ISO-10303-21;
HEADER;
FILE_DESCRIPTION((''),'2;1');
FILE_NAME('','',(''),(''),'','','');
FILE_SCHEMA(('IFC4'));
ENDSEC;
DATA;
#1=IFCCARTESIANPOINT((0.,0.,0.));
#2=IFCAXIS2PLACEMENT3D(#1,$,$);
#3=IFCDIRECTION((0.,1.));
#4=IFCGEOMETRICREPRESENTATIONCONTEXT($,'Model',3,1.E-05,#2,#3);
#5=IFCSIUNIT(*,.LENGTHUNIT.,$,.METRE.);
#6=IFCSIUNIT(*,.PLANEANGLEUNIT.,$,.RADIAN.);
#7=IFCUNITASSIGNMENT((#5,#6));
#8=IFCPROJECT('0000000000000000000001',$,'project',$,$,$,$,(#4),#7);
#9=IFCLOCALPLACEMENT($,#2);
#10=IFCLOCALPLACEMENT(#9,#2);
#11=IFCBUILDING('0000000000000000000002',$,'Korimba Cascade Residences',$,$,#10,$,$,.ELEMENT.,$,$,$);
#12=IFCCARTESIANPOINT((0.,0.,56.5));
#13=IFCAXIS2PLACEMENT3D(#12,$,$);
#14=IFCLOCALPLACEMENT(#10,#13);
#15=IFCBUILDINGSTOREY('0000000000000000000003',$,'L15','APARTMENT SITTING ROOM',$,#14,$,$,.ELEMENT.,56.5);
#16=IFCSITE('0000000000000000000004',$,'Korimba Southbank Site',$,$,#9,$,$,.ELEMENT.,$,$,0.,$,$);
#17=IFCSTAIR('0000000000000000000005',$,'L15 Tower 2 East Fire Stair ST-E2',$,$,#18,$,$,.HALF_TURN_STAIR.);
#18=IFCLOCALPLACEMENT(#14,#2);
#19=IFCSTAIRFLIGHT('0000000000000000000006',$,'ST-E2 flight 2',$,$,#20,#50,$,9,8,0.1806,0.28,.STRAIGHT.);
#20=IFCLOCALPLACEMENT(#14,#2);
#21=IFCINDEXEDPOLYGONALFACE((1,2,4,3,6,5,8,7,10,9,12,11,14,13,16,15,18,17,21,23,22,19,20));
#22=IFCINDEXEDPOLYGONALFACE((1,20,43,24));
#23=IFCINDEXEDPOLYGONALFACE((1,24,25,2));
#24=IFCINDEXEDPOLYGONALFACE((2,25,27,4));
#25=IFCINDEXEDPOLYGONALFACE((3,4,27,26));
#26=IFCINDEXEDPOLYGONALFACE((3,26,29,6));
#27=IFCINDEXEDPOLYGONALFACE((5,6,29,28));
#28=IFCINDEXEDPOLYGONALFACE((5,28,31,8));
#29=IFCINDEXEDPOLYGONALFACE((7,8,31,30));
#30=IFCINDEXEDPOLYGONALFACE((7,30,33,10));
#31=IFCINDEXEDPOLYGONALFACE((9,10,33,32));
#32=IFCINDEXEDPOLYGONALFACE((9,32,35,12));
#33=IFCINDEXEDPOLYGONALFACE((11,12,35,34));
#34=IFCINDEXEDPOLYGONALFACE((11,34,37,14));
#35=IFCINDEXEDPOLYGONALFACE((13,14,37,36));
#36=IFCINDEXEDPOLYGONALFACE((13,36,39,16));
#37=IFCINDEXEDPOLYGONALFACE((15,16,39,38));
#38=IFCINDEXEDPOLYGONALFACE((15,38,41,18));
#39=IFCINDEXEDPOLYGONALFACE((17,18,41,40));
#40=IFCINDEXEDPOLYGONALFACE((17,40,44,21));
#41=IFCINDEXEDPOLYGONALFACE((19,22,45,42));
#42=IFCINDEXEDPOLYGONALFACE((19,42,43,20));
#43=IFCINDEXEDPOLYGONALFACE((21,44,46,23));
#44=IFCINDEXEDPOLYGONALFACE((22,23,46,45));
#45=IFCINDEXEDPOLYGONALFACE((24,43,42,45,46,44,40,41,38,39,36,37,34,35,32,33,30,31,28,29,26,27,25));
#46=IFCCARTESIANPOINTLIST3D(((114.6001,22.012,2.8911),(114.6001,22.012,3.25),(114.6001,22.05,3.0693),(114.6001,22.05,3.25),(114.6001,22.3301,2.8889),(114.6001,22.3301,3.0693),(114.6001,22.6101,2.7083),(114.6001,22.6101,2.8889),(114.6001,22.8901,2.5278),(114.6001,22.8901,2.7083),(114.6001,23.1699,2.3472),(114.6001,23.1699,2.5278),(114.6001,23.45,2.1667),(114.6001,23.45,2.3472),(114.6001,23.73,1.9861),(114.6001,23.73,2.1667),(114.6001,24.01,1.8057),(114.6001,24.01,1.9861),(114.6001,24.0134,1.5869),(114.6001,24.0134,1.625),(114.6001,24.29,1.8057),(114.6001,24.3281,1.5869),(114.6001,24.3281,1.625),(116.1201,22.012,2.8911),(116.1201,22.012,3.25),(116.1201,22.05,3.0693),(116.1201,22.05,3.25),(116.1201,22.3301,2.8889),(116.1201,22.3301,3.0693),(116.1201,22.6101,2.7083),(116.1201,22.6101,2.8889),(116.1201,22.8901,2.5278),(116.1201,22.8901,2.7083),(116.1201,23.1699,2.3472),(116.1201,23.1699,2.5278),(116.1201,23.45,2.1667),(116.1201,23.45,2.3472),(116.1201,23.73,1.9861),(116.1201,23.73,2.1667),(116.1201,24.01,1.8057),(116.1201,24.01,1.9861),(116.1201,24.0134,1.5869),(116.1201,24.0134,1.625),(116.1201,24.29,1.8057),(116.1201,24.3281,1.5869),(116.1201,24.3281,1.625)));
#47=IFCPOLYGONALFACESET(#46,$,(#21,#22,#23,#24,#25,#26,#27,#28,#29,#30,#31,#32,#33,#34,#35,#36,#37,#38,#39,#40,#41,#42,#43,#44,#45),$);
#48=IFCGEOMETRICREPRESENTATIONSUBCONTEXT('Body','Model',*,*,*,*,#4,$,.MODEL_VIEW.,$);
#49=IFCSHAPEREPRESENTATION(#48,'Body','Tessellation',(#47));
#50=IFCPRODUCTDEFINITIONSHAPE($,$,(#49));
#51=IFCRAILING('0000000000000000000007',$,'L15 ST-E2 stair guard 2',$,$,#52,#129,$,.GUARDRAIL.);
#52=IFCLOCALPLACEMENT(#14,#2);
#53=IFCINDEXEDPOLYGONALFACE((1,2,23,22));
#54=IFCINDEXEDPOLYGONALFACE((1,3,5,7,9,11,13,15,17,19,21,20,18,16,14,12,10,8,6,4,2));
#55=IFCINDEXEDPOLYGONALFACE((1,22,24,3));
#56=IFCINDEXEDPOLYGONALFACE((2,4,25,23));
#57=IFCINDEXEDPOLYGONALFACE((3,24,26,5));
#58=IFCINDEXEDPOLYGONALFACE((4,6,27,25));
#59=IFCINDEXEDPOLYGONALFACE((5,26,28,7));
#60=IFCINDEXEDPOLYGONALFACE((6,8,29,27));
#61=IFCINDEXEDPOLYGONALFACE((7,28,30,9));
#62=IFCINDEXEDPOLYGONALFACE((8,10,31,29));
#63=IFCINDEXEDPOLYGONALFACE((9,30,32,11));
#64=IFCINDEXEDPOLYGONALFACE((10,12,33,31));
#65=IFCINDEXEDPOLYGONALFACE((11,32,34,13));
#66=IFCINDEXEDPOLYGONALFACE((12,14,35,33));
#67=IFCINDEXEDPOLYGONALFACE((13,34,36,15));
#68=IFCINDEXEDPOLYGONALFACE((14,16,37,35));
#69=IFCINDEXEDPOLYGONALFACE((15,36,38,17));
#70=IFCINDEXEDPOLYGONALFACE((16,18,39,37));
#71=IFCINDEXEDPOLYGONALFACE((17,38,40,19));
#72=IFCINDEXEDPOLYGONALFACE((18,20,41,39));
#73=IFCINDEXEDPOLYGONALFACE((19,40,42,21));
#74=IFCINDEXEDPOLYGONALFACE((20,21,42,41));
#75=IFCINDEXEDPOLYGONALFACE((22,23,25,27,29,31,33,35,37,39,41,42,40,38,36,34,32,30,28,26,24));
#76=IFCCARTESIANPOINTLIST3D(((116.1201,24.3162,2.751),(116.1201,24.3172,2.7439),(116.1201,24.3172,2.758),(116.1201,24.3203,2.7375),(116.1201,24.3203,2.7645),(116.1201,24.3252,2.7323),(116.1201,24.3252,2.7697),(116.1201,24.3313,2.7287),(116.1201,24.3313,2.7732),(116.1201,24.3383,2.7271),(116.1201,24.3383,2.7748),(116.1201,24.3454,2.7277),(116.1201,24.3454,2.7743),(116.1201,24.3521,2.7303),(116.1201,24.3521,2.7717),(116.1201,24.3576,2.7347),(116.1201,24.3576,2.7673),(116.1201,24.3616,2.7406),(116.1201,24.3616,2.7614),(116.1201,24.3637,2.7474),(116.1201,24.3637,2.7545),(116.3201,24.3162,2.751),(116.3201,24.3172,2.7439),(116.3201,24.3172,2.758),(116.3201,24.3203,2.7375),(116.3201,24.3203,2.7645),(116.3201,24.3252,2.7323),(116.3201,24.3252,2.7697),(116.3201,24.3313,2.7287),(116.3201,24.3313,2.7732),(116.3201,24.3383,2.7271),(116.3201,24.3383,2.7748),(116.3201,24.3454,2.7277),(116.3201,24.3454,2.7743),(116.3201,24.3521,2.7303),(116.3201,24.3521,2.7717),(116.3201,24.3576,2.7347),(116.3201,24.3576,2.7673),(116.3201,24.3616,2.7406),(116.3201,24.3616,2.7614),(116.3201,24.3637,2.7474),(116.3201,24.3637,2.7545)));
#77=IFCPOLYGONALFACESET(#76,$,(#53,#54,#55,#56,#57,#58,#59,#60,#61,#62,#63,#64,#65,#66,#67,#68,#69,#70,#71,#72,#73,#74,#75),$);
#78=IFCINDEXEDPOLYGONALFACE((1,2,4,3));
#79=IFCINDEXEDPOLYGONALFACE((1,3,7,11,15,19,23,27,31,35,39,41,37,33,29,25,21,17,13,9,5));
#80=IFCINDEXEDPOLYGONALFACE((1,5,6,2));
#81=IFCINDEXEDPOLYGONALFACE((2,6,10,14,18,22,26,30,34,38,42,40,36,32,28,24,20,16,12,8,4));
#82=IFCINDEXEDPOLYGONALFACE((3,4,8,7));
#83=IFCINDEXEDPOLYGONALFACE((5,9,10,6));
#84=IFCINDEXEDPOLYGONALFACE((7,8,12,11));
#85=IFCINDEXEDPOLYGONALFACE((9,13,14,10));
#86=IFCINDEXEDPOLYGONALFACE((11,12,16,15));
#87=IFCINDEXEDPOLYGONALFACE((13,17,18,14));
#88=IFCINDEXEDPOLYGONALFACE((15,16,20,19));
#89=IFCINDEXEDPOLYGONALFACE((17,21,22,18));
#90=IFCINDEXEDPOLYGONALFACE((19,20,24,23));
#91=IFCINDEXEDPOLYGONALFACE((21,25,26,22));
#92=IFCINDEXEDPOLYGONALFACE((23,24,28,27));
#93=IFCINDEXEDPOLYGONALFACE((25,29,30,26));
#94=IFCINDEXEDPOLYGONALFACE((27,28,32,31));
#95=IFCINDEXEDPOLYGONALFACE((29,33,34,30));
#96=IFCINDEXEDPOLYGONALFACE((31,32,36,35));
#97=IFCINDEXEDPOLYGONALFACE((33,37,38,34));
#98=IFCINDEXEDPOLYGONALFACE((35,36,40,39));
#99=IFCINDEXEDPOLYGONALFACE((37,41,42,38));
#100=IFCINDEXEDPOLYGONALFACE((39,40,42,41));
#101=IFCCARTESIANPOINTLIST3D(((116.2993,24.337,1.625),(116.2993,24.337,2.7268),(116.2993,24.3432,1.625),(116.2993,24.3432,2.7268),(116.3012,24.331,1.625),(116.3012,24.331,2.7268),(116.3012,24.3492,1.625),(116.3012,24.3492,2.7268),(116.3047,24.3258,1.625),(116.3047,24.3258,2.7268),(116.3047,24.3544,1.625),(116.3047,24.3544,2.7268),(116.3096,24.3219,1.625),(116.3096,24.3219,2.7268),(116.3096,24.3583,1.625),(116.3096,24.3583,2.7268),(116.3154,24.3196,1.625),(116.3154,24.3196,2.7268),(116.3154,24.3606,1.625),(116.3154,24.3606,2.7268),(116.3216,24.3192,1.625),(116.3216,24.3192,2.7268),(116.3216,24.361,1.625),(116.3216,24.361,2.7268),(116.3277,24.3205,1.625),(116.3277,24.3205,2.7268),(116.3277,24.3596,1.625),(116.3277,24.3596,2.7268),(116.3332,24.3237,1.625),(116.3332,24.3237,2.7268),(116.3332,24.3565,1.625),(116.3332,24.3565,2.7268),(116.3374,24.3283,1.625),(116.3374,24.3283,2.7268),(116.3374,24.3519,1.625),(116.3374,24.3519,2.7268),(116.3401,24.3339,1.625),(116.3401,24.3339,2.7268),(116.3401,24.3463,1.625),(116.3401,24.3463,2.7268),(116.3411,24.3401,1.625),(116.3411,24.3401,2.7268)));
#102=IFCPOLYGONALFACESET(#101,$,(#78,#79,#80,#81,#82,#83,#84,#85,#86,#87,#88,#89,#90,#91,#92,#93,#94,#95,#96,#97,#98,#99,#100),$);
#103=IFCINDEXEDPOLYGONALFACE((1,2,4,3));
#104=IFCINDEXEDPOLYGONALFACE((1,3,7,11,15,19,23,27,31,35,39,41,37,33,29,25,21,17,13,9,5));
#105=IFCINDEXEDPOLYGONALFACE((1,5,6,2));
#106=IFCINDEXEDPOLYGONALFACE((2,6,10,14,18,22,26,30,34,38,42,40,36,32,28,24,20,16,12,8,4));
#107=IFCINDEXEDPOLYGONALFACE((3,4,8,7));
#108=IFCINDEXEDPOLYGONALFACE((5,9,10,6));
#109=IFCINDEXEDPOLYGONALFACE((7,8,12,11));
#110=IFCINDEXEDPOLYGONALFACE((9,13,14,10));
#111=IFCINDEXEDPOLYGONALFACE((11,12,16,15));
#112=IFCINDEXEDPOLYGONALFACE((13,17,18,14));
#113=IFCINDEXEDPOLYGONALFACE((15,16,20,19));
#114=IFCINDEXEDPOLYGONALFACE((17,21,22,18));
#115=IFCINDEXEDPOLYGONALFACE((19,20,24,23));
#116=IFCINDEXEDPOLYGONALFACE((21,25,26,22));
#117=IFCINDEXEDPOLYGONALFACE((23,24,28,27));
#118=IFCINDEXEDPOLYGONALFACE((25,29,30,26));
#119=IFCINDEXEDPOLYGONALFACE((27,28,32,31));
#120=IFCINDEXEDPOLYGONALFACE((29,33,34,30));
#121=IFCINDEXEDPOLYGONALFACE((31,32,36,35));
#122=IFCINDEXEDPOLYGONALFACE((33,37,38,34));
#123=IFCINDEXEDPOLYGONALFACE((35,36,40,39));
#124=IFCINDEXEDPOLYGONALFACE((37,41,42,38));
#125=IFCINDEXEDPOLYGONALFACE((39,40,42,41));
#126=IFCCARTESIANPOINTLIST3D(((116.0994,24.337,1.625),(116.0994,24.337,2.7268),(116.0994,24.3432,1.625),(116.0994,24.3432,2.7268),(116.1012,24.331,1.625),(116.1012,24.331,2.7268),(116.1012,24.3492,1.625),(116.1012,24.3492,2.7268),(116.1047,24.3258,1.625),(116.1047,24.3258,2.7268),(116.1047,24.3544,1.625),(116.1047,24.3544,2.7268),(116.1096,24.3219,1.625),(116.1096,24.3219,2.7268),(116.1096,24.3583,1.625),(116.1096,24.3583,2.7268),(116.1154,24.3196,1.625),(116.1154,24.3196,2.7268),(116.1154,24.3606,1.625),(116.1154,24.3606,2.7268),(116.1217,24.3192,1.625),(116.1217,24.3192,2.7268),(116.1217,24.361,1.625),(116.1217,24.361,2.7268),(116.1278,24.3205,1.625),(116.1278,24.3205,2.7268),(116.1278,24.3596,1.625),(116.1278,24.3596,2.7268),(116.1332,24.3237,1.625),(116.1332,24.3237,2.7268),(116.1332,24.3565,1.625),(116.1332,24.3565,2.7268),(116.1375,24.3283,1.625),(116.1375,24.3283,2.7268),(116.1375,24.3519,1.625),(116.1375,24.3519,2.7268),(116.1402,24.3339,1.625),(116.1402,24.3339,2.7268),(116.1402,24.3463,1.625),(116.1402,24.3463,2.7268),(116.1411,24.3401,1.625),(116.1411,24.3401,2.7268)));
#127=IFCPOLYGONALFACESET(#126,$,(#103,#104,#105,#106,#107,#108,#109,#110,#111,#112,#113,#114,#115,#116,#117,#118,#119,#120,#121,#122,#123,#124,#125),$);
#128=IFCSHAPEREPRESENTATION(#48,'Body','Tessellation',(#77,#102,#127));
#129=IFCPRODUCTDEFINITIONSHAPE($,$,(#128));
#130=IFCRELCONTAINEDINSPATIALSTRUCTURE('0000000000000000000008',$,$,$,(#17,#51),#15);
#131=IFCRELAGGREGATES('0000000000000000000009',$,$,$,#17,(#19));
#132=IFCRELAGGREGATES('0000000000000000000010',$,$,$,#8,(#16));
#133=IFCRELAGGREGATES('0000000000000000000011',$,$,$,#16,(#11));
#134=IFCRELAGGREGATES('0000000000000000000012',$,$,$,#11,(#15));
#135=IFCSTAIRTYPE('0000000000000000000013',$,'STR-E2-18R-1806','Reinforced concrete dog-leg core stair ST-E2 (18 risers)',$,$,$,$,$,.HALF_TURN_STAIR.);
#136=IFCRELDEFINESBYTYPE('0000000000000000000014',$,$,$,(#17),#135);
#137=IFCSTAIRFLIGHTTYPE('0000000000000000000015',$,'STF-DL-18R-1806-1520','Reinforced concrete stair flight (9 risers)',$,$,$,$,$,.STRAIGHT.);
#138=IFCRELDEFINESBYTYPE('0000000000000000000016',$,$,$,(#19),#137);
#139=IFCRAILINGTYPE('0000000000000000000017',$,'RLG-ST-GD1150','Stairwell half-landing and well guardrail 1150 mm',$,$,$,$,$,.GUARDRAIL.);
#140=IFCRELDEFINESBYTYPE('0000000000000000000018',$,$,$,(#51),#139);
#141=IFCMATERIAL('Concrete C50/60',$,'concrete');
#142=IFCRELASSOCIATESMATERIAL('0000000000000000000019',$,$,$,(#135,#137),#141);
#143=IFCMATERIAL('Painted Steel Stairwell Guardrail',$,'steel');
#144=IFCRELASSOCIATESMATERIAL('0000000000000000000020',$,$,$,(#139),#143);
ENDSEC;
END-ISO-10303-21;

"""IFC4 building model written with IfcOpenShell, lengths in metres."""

from ifc_helpers import new_model, si_unit, direction, frame, origin, origin_2d, place, context, subcontext, project, spatial, polyline, circle, outline, extrude, material, type_object, element, aggregate, save


model = new_model("IFC4")

# Units and contexts
model_context = context("Model", 3, precision=1e-05, world=origin(), true_north=direction((0.0, 1.0)))
body_context = subcontext(model_context, "Body", "Model", "MODEL_VIEW")
ifc_project = project(units=[si_unit("LENGTHUNIT", "METRE"), si_unit("PLANEANGLEUNIT", "RADIAN")], contexts=[model_context])

# Site, building, storey
site_placement = place(None, origin())
site = spatial("IfcSite", under=ifc_project, at=site_placement, Name="Korimba Southbank Site", CompositionType="ELEMENT", RefElevation=0.0)
building_placement = place(site_placement, origin())
building = spatial("IfcBuilding", under=site, at=building_placement, Name="Korimba Cascade Residences", CompositionType="ELEMENT")
storey_placement = place(building_placement, frame((0.0, 0.0, 56.5)))
storey = spatial("IfcBuildingStorey", under=building, at=storey_placement, Name="L15", Description="APARTMENT SITTING ROOM", CompositionType="ELEMENT", Elevation=56.5)

# Shared definitions
ifc_material_1 = material(Name="Concrete C50/60", Category="concrete")

# Stair, stair flight
stair_type = type_object("IfcStairType", Name="STR-E2-18R-1806", Description="Reinforced concrete dog-leg core stair ST-E2 (18 risers)", PredefinedType="HALF_TURN_STAIR", material=ifc_material_1)
stair_placement = place(storey_placement, origin())
stair = element("IfcStair", 1, at=stair_placement, inside=storey, type_object=stair_type, Name="L15 Tower 2 East Fire Stair ST-E2", PredefinedType="HALF_TURN_STAIR")
stair_flight_type = type_object("IfcStairFlightType", Name="STF-DL-18R-1806-1520", Description="Reinforced concrete stair flight (9 risers)", PredefinedType="STRAIGHT", material=ifc_material_1)
stair_flight_placement = place(storey_placement, frame((115.3601, 24.29, 1.625), z_axis=(0.0, 0.0, 1.0), x_axis=(0.0, -1.0, 0.0)))
stair_flight = element("IfcStairFlight", 2, at=stair_flight_placement, type_object=stair_flight_type, Name="ST-E2 flight 2", NumberOfRisers=9, NumberOfTreads=8, PredefinedType="STRAIGHT", RiserHeight=0.1806, TreadLength=0.28, context=body_context, shape_type="SweptSolid", body=[
    extrude(outline(polyline([(-0.0381, 0.0), (0.0, 0.1807), (0.28, 0.1807), (0.28, 0.3611), (0.5601, 0.3611), (0.5601, 0.5417), (0.8401, 0.5417), (0.8401, 0.7222), (1.1201, 0.7222), (1.1201, 0.9028), (1.3999, 0.9028), (1.3999, 1.0833), (1.6799, 1.0833), (1.6799, 1.2639), (1.96, 1.2639), (1.96, 1.4443), (2.24, 1.4443), (2.24, 1.625), (2.2781, 1.625), (2.2781, 1.2661), (0.2766, 0.0), (0.2766, -0.0381), (-0.0381, -0.0381), (-0.0381, 0.0)])), frame((0.0, 0.76, 0.0), z_axis=(0.0, -1.0, 0.0), x_axis=(1.0, 0.0, 0.0)), (0.0, 0.0, 1.0), 1.52),
])
aggregate(stair, [stair_flight])

# Railing
ifc_material_2 = material(Name="Painted Steel Stairwell Guardrail", Category="steel")
railing_type_1 = type_object("IfcRailingType", Name="RLG-ST-GD1150", Description="Stairwell half-landing and well guardrail 1150 mm", PredefinedType="GUARDRAIL", material=ifc_material_2)
railing_1_placement = place(storey_placement, frame((116.3201, 24.3401, 1.625)))
element("IfcRailing", 3, at=railing_1_placement, inside=storey, type_object=railing_type_1, Name="L15 ST-E2 stair guard 2", PredefinedType="GUARDRAIL", context=body_context, shape_type="SweptSolid", body=[
    extrude(circle(Radius=0.0239, at=origin_2d()), frame((0.0, 0.0, 1.126), z_axis=(-1.0, 0.0, 0.0), x_axis=(0.0, -1.0, 0.0)), (0.0, 0.0, 1.0), 0.2),
    extrude(circle(Radius=0.021, at=origin_2d()), origin(), (0.0, 0.0, 1.0), 1.1018),
    extrude(circle(Radius=0.021, at=origin_2d()), frame((-0.2, 0.0, 0.0)), (0.0, 0.0, 1.0), 1.1018),
])

save(model, "model.ifc")
